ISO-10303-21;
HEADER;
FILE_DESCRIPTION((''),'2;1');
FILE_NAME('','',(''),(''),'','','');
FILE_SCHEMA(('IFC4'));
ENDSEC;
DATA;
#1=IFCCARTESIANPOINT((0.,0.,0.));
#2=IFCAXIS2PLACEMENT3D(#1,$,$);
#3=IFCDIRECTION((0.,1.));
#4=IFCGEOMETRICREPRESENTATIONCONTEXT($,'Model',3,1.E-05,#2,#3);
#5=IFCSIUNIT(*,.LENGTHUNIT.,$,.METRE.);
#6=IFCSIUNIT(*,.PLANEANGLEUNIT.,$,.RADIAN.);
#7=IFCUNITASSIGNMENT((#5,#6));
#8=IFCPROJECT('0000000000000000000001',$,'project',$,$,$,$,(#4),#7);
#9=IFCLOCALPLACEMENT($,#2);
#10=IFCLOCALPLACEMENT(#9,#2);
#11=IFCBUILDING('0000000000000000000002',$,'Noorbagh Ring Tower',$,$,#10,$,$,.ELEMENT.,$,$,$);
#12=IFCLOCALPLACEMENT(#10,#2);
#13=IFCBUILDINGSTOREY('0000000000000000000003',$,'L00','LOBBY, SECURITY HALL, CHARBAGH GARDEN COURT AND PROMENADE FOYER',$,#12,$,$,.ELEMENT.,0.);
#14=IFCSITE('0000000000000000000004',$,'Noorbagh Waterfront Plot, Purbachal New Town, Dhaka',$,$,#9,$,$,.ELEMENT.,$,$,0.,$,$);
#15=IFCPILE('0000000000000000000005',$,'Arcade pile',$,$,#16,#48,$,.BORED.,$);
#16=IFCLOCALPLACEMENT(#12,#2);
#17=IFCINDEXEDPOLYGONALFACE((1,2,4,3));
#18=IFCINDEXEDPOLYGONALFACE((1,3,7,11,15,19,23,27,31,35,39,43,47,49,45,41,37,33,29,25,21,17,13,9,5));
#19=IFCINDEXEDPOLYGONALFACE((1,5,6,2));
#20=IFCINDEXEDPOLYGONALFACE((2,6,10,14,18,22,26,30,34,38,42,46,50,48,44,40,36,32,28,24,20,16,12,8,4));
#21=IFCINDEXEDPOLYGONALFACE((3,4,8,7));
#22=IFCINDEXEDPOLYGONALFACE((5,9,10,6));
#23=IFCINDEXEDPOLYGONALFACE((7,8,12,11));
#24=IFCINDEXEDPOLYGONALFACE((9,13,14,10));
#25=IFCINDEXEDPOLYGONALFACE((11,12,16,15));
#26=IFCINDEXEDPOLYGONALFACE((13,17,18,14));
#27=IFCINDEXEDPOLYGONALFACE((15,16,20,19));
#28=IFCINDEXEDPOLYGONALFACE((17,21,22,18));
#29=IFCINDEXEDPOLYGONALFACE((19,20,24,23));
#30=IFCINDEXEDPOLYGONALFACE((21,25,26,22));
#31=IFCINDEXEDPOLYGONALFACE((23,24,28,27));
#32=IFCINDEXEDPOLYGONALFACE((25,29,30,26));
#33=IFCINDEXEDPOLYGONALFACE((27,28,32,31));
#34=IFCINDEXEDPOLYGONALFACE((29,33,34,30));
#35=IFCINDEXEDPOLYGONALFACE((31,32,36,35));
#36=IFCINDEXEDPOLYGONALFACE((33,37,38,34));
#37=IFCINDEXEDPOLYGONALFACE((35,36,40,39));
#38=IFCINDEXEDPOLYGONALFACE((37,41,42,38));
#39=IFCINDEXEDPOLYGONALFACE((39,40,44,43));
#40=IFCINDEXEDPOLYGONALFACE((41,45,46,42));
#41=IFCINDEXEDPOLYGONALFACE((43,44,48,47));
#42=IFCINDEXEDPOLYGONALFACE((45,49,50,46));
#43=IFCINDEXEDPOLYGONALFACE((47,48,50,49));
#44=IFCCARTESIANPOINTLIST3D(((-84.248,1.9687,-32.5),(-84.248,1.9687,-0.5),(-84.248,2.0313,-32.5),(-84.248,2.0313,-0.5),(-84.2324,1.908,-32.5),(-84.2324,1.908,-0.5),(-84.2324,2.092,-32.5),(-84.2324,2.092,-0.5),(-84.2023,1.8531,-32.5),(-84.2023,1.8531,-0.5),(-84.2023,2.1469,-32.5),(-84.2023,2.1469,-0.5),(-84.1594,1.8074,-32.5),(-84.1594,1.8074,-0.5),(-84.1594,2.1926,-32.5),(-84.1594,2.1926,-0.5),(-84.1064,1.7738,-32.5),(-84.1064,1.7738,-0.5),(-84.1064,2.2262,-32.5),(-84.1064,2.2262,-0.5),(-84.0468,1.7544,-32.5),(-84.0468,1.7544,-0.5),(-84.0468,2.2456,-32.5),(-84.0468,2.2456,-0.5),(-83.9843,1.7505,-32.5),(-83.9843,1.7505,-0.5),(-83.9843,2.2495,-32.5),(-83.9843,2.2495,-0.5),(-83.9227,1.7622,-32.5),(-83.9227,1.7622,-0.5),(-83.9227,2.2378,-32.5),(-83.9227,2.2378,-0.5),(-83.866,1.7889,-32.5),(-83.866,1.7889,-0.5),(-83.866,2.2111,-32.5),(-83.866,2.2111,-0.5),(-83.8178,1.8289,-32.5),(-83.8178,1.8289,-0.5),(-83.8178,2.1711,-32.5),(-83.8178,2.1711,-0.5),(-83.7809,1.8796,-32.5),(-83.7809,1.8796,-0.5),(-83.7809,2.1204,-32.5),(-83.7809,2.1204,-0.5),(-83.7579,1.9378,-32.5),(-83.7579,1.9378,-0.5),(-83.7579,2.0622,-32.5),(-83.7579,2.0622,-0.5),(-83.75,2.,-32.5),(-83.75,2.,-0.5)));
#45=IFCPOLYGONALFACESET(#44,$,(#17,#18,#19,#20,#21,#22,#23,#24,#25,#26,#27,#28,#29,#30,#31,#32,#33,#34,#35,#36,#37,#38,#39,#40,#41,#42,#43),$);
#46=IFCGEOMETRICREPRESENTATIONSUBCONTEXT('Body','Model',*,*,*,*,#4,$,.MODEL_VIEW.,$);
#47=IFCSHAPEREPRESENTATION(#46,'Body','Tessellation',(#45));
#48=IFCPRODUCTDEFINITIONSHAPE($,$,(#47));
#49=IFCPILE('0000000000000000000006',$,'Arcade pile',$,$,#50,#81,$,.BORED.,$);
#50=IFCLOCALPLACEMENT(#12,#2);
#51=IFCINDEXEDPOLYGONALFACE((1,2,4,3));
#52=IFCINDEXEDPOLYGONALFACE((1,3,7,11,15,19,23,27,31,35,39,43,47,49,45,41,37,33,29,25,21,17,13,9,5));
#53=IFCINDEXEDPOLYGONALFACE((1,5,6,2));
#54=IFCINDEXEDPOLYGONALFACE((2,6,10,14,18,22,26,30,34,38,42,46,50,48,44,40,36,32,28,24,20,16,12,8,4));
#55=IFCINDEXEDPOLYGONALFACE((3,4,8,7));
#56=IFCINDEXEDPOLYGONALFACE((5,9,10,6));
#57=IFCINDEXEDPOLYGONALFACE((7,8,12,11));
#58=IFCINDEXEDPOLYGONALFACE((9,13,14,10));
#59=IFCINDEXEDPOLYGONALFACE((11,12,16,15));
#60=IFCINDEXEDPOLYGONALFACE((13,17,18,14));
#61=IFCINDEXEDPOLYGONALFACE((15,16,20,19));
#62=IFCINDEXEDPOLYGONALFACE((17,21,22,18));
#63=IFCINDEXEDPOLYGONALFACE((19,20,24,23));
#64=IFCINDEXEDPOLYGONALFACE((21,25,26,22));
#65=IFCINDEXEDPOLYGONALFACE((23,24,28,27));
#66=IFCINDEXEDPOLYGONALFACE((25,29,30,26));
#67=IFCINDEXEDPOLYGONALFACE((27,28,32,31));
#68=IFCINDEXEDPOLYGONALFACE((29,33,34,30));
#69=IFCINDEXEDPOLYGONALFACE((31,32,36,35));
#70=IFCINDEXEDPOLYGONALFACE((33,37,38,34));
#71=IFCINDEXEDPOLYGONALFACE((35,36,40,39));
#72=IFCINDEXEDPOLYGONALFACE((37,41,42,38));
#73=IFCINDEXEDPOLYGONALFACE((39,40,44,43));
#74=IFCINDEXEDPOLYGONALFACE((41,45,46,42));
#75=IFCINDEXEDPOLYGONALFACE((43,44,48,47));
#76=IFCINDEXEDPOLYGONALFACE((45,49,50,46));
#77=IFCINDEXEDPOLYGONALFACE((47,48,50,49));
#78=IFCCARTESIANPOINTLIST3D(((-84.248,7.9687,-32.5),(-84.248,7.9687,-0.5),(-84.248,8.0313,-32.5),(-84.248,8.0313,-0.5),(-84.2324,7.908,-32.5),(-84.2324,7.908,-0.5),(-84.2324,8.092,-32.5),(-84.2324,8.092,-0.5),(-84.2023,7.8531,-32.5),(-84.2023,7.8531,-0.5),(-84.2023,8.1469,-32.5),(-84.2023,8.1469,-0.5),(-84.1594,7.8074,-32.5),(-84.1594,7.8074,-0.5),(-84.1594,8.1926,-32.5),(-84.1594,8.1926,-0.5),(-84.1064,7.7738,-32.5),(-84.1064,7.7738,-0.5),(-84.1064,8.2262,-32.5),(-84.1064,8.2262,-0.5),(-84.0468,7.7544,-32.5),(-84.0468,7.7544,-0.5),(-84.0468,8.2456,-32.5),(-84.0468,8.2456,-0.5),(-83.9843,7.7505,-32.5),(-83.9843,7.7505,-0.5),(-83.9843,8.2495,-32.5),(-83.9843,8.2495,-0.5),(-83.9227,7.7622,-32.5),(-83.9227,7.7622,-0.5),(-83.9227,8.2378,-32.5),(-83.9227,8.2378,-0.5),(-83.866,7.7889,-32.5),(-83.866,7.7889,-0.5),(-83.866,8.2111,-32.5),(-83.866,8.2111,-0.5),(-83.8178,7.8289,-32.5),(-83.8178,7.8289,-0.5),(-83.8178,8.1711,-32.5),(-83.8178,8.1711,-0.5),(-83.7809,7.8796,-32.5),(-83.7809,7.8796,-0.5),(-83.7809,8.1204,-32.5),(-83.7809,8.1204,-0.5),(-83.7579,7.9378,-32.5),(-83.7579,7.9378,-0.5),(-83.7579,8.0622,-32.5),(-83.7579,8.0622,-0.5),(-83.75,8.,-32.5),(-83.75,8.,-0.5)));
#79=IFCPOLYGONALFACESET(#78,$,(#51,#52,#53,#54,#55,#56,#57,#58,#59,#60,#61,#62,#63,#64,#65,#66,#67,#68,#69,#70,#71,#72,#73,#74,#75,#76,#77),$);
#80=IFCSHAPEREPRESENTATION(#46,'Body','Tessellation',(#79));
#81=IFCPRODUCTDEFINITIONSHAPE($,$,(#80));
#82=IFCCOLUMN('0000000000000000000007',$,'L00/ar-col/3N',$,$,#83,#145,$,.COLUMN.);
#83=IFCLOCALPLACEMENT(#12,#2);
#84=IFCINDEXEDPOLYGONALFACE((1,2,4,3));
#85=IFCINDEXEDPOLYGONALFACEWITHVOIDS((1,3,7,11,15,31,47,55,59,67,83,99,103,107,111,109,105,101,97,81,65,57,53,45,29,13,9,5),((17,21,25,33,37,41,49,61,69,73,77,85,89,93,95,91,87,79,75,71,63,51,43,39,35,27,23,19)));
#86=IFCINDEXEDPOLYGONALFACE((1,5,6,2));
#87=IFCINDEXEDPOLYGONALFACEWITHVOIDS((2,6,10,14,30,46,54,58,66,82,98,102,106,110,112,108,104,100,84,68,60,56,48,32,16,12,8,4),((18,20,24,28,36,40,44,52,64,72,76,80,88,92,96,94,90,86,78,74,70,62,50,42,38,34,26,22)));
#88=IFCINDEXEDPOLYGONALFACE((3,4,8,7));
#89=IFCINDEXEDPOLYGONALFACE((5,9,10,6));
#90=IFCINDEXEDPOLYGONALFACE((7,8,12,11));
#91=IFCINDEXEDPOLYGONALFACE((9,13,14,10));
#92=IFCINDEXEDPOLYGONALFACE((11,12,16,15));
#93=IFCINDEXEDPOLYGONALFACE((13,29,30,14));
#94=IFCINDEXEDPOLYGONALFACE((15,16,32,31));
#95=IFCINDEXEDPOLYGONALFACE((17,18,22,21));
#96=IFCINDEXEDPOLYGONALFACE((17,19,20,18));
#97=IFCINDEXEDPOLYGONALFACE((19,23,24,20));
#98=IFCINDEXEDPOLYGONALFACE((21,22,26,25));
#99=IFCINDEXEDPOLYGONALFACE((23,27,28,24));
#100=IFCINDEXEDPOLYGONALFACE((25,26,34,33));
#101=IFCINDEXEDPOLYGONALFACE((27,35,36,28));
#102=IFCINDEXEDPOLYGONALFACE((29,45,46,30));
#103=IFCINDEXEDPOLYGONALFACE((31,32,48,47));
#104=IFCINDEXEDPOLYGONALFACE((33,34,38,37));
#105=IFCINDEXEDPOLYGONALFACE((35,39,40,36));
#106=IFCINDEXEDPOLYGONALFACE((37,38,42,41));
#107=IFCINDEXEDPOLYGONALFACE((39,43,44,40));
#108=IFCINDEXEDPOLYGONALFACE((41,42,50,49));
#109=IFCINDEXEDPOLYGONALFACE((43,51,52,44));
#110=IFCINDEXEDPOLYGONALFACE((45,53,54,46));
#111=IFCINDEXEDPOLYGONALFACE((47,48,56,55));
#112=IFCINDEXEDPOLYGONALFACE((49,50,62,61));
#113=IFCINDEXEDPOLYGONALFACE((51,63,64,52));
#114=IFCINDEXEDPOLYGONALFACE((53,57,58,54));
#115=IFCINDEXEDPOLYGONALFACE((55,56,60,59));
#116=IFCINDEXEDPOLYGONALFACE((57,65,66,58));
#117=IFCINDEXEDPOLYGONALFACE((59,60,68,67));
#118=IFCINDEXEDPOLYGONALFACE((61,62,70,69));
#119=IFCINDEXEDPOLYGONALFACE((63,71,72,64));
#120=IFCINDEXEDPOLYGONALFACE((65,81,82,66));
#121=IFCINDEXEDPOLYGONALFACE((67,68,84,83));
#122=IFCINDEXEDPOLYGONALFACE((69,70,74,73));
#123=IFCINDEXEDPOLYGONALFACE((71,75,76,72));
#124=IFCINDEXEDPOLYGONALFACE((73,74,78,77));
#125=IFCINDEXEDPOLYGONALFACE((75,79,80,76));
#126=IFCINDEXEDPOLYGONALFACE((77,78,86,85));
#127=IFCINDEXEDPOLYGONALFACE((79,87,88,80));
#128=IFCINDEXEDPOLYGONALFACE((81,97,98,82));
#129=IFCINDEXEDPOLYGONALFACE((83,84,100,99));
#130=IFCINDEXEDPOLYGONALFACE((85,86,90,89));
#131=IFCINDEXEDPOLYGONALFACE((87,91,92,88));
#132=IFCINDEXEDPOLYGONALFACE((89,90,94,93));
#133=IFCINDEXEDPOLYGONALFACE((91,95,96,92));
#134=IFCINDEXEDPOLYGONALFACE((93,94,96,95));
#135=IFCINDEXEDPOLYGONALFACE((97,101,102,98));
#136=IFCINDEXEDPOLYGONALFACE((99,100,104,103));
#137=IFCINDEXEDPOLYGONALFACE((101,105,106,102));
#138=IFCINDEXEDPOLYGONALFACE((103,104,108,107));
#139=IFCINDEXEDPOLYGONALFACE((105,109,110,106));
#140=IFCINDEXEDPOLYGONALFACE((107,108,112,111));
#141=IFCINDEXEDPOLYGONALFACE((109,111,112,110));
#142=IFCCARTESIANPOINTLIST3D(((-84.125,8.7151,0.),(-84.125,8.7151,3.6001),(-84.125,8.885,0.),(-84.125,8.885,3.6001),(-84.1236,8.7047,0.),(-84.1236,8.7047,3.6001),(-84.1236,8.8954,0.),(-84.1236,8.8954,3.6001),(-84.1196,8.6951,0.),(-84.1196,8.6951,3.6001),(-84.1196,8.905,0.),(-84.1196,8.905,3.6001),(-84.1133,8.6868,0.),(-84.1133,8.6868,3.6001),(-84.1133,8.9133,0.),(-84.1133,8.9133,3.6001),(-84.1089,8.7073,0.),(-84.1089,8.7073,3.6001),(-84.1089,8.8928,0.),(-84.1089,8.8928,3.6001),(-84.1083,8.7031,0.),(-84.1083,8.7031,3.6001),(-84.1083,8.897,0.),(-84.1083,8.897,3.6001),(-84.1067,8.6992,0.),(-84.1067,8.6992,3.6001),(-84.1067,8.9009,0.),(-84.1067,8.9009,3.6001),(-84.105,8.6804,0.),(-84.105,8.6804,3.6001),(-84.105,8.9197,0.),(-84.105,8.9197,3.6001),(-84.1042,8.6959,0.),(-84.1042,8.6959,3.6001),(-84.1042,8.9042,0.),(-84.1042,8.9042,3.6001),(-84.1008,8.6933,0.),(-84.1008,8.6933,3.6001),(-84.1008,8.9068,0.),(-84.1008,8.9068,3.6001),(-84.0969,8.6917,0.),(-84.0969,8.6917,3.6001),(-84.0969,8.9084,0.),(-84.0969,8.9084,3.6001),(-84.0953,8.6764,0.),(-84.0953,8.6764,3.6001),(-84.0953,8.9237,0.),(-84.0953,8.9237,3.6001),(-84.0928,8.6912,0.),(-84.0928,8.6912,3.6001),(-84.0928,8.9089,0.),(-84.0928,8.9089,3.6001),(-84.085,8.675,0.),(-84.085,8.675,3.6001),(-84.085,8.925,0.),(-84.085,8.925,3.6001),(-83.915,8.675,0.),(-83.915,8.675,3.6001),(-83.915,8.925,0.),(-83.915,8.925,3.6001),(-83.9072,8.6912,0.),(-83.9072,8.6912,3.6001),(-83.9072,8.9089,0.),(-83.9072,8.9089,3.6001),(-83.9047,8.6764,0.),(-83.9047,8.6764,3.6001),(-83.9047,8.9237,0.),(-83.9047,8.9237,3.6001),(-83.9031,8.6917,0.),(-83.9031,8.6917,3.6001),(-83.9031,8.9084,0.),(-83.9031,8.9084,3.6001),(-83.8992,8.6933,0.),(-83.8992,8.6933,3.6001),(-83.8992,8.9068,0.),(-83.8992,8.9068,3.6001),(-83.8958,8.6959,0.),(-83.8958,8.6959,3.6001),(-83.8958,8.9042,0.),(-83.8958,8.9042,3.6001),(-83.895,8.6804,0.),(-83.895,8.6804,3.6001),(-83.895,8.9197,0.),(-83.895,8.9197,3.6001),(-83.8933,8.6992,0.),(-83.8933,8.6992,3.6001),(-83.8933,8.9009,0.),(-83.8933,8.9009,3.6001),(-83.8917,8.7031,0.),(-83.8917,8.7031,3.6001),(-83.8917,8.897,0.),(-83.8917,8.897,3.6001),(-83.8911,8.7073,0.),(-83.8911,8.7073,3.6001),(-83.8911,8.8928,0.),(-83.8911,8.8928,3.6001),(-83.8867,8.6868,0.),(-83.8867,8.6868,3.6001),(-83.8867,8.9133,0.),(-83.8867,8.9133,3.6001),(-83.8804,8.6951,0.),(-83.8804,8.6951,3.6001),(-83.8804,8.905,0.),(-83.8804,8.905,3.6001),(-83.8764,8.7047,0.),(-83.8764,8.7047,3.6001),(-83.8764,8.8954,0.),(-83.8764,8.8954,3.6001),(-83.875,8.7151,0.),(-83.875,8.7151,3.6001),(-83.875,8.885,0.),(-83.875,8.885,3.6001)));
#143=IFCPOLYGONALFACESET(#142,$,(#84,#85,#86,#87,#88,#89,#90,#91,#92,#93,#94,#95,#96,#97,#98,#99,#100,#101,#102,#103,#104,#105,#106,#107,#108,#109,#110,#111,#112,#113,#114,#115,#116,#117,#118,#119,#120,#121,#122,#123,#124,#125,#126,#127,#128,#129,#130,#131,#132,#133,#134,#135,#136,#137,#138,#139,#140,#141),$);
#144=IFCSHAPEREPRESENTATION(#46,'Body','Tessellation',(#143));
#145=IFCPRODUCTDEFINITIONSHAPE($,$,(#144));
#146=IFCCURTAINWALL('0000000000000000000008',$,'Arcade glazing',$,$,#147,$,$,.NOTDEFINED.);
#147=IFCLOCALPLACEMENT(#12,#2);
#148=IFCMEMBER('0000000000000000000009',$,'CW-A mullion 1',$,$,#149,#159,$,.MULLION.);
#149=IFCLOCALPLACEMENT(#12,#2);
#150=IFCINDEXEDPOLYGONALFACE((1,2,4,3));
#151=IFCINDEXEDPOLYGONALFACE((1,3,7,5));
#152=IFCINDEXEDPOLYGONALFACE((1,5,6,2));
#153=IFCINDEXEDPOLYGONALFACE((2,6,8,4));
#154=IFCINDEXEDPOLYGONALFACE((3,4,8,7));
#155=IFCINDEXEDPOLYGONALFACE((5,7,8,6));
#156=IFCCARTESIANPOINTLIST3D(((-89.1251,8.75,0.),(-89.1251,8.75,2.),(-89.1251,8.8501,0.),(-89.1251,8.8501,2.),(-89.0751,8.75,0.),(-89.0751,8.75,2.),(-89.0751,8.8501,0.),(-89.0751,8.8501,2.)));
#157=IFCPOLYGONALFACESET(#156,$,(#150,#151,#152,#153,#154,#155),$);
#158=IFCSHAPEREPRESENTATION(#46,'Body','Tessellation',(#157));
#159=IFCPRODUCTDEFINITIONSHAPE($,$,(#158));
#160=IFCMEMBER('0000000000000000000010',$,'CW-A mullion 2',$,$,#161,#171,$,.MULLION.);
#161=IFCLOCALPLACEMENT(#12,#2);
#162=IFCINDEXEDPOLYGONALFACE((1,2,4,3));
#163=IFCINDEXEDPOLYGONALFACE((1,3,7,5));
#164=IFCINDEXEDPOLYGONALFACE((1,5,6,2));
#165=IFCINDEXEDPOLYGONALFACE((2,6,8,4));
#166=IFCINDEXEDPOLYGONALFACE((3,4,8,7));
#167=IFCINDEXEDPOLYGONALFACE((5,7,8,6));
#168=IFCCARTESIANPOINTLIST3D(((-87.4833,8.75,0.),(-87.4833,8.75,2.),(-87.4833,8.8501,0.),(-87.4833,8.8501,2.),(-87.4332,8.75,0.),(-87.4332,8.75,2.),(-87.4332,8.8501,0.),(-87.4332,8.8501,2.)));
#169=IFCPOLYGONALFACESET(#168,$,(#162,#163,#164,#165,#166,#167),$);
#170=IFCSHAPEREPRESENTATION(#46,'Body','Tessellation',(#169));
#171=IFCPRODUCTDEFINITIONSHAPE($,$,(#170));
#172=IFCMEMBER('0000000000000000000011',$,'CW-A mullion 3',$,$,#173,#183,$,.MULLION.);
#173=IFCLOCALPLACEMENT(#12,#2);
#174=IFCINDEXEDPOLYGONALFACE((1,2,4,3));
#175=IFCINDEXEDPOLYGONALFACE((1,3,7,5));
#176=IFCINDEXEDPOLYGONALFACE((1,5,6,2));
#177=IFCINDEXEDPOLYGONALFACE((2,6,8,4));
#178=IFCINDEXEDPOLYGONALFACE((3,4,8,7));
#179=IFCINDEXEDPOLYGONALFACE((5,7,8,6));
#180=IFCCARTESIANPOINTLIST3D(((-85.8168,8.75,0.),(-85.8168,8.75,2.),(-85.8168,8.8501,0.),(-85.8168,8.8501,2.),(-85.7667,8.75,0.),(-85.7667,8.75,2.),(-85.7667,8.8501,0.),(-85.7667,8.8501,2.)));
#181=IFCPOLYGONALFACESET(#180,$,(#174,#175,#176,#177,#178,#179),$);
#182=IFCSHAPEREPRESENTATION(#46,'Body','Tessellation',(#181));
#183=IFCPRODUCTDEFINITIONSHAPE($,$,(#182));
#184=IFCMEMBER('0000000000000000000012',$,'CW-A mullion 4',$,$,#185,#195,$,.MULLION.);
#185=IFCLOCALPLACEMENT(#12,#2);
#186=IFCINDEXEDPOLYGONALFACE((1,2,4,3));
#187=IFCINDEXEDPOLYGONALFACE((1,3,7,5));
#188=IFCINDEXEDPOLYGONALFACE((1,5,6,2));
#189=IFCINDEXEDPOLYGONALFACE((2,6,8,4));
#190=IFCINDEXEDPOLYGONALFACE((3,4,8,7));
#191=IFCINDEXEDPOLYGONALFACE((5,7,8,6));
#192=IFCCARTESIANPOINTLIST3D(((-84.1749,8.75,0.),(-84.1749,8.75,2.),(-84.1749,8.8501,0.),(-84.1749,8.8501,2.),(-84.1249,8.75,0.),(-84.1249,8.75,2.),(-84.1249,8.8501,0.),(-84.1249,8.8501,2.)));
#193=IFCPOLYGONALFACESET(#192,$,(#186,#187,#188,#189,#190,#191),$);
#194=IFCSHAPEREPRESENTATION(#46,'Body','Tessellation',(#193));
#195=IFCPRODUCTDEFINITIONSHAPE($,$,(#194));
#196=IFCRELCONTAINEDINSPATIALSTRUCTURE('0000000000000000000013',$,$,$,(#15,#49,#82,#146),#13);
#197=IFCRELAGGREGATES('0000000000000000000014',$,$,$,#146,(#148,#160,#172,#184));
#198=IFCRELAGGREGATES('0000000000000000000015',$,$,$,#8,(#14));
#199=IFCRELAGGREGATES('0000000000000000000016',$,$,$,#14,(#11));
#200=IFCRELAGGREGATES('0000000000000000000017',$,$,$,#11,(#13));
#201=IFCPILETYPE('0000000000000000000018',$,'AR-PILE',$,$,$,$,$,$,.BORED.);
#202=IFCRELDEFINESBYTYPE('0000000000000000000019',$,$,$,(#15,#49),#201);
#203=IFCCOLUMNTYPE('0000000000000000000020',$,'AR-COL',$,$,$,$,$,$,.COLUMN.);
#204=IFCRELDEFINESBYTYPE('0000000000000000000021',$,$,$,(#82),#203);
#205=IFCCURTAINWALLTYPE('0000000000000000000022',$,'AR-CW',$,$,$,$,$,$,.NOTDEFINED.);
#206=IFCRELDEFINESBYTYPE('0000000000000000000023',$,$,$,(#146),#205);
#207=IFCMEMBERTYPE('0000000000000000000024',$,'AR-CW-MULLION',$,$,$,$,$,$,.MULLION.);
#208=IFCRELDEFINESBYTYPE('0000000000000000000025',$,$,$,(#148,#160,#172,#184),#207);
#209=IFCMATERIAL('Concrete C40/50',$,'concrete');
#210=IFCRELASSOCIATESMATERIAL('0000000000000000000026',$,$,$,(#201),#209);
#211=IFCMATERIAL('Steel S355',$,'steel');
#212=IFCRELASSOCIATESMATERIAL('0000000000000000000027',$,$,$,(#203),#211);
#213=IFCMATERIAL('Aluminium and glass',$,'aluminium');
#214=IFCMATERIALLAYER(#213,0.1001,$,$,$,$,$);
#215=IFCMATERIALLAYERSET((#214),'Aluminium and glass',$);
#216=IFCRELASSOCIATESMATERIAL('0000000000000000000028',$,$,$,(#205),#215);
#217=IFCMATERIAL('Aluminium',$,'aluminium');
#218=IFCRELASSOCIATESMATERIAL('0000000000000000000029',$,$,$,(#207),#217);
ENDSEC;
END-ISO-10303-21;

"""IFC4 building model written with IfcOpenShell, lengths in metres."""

from ifc_helpers import new_model, si_unit, direction, frame, origin, origin_2d, place, context, subcontext, project, spatial, rectangle, hollow_rectangle, circle, extrude, material, layer, layer_set, material_profile, profile_set, type_object, element, aggregate, save


model = new_model("IFC4")

# Units and contexts
model_context = context("Model", 3, precision=1e-05, world=origin(), true_north=direction((0.0, 1.0)))
body_context = subcontext(model_context, "Body", "Model", "MODEL_VIEW")
ifc_project = project(units=[si_unit("LENGTHUNIT", "METRE"), si_unit("PLANEANGLEUNIT", "RADIAN")], contexts=[model_context])

# Site, building, storey
site_placement = place(None, origin())
site = spatial("IfcSite", under=ifc_project, at=site_placement, Name="Noorbagh Waterfront Plot, Purbachal New Town, Dhaka", CompositionType="ELEMENT", RefElevation=0.0)
building_placement = place(site_placement, origin())
building = spatial("IfcBuilding", under=site, at=building_placement, Name="Noorbagh Ring Tower", CompositionType="ELEMENT")
storey_placement = place(building_placement, origin())
storey = spatial("IfcBuildingStorey", under=building, at=storey_placement, Name="L00", Description="LOBBY, SECURITY HALL, CHARBAGH GARDEN COURT AND PROMENADE FOYER", CompositionType="ELEMENT", Elevation=0.0)

# Piles
ifc_material_1 = material(Name="Concrete C40/50", Category="concrete")
ifc_material_profile_1 = material_profile(ifc_material_1, circle(Radius=0.25, at=origin_2d()), Name="PILE500")
ifc_profile_set_1 = profile_set([ifc_material_profile_1], Name="Concrete C40/50")
pile_type = type_object("IfcPileType", Name="AR-PILE", PredefinedType="BORED", material=ifc_profile_set_1)
for number, where, z_axis, x_axis, name in (
    (1, (-84.0, 2.0, -0.5), (0.0, 0.0, -1.0), (1.0, 0.0, 0.0), "Arcade pile"),
    (2, (-84.0, 8.0, -0.5), (0.0, 0.0, -1.0), (1.0, 0.0, 0.0), "Arcade pile"),
):
    element("IfcPile", number, at=place(storey_placement, frame(where, z_axis=z_axis, x_axis=x_axis)), inside=storey, type_object=pile_type, Name=name, PredefinedType="BORED", context=body_context, shape_type="SweptSolid", body=[
        extrude(circle(Radius=0.25, at=origin_2d()), origin(), (0.0, 0.0, 1.0), 32.0),
    ])

# Column
ifc_material_2 = material(Name="Steel S355", Category="steel")
ifc_material_profile_2 = material_profile(ifc_material_2, hollow_rectangle(XDim=0.25, YDim=0.25, WallThickness=0.0161, InnerFilletRadius=0.0161, OuterFilletRadius=0.04, at=origin_2d()), Name="SHS250x250x16")
ifc_profile_set_2 = profile_set([ifc_material_profile_2], Name="Steel S355")
column_type = type_object("IfcColumnType", Name="AR-COL", PredefinedType="COLUMN", material=ifc_profile_set_2)
column_placement = place(storey_placement, frame((-84.0, 8.8, 0.0), z_axis=(0.0, 0.0, 1.0), x_axis=(1.0, 0.0, 0.0)))
element("IfcColumn", 3, at=column_placement, inside=storey, type_object=column_type, Name="L00/ar-col/3N", PredefinedType="COLUMN", context=body_context, shape_type="SweptSolid", body=[
    extrude(hollow_rectangle(XDim=0.25, YDim=0.25, WallThickness=0.0161, InnerFilletRadius=0.0161, OuterFilletRadius=0.04, at=origin_2d()), origin(), (0.0, 0.0, 1.0), 3.6001),
])

# Curtain wall, members
ifc_material_3 = material(Name="Aluminium and glass", Category="aluminium")
ifc_layer_1 = layer(ifc_material_3, 0.1001)
ifc_layer_set_1 = layer_set([ifc_layer_1], Name="Aluminium and glass")
curtain_wall_type = type_object("IfcCurtainWallType", Name="AR-CW", PredefinedType="NOTDEFINED", material=ifc_layer_set_1)
curtain_wall_placement = place(storey_placement, origin())
curtain_wall = element("IfcCurtainWall", 4, at=curtain_wall_placement, inside=storey, type_object=curtain_wall_type, Name="Arcade glazing", PredefinedType="NOTDEFINED")
ifc_material_4 = material(Name="Aluminium", Category="aluminium")
ifc_material_profile_3 = material_profile(ifc_material_4, rectangle(XDim=0.1001, YDim=0.05, at=origin_2d()), Name="AL 100x50")
ifc_profile_set_3 = profile_set([ifc_material_profile_3], Name="Aluminium")
member_type_1 = type_object("IfcMemberType", Name="AR-CW-MULLION", PredefinedType="MULLION", material=ifc_profile_set_3)
member_1_placement = place(storey_placement, frame((-89.1001, 8.8, 0.0), z_axis=(0.0, 0.0, 1.0), x_axis=(0.0, 1.0, 0.0)))
member_1 = element("IfcMember", 5, at=member_1_placement, type_object=member_type_1, Name="CW-A mullion 1", PredefinedType="MULLION", context=body_context, shape_type="SweptSolid", body=[
    extrude(rectangle(XDim=0.1001, YDim=0.05, at=origin_2d()), origin(), (0.0, 0.0, 1.0), 2.0),
])
member_2_placement = place(storey_placement, frame((-87.4583, 8.8, 0.0), z_axis=(0.0, 0.0, 1.0), x_axis=(0.0, 1.0, 0.0)))
member_2 = element("IfcMember", 6, at=member_2_placement, type_object=member_type_1, Name="CW-A mullion 2", PredefinedType="MULLION", context=body_context, shape_type="SweptSolid", body=[
    extrude(rectangle(XDim=0.1001, YDim=0.05, at=origin_2d()), origin(), (0.0, 0.0, 1.0), 2.0),
])
member_3_placement = place(storey_placement, frame((-85.7917, 8.8, 0.0), z_axis=(0.0, 0.0, 1.0), x_axis=(0.0, 1.0, 0.0)))
member_3 = element("IfcMember", 7, at=member_3_placement, type_object=member_type_1, Name="CW-A mullion 3", PredefinedType="MULLION", context=body_context, shape_type="SweptSolid", body=[
    extrude(rectangle(XDim=0.1001, YDim=0.05, at=origin_2d()), origin(), (0.0, 0.0, 1.0), 2.0),
])
member_4_placement = place(storey_placement, frame((-84.1499, 8.8, 0.0), z_axis=(0.0, 0.0, 1.0), x_axis=(0.0, 1.0, 0.0)))
member_4 = element("IfcMember", 8, at=member_4_placement, type_object=member_type_1, Name="CW-A mullion 4", PredefinedType="MULLION", context=body_context, shape_type="SweptSolid", body=[
    extrude(rectangle(XDim=0.1001, YDim=0.05, at=origin_2d()), origin(), (0.0, 0.0, 1.0), 2.0),
])

aggregate(curtain_wall, [member_1, member_2, member_3, member_4])

save(model, "model.ifc")
